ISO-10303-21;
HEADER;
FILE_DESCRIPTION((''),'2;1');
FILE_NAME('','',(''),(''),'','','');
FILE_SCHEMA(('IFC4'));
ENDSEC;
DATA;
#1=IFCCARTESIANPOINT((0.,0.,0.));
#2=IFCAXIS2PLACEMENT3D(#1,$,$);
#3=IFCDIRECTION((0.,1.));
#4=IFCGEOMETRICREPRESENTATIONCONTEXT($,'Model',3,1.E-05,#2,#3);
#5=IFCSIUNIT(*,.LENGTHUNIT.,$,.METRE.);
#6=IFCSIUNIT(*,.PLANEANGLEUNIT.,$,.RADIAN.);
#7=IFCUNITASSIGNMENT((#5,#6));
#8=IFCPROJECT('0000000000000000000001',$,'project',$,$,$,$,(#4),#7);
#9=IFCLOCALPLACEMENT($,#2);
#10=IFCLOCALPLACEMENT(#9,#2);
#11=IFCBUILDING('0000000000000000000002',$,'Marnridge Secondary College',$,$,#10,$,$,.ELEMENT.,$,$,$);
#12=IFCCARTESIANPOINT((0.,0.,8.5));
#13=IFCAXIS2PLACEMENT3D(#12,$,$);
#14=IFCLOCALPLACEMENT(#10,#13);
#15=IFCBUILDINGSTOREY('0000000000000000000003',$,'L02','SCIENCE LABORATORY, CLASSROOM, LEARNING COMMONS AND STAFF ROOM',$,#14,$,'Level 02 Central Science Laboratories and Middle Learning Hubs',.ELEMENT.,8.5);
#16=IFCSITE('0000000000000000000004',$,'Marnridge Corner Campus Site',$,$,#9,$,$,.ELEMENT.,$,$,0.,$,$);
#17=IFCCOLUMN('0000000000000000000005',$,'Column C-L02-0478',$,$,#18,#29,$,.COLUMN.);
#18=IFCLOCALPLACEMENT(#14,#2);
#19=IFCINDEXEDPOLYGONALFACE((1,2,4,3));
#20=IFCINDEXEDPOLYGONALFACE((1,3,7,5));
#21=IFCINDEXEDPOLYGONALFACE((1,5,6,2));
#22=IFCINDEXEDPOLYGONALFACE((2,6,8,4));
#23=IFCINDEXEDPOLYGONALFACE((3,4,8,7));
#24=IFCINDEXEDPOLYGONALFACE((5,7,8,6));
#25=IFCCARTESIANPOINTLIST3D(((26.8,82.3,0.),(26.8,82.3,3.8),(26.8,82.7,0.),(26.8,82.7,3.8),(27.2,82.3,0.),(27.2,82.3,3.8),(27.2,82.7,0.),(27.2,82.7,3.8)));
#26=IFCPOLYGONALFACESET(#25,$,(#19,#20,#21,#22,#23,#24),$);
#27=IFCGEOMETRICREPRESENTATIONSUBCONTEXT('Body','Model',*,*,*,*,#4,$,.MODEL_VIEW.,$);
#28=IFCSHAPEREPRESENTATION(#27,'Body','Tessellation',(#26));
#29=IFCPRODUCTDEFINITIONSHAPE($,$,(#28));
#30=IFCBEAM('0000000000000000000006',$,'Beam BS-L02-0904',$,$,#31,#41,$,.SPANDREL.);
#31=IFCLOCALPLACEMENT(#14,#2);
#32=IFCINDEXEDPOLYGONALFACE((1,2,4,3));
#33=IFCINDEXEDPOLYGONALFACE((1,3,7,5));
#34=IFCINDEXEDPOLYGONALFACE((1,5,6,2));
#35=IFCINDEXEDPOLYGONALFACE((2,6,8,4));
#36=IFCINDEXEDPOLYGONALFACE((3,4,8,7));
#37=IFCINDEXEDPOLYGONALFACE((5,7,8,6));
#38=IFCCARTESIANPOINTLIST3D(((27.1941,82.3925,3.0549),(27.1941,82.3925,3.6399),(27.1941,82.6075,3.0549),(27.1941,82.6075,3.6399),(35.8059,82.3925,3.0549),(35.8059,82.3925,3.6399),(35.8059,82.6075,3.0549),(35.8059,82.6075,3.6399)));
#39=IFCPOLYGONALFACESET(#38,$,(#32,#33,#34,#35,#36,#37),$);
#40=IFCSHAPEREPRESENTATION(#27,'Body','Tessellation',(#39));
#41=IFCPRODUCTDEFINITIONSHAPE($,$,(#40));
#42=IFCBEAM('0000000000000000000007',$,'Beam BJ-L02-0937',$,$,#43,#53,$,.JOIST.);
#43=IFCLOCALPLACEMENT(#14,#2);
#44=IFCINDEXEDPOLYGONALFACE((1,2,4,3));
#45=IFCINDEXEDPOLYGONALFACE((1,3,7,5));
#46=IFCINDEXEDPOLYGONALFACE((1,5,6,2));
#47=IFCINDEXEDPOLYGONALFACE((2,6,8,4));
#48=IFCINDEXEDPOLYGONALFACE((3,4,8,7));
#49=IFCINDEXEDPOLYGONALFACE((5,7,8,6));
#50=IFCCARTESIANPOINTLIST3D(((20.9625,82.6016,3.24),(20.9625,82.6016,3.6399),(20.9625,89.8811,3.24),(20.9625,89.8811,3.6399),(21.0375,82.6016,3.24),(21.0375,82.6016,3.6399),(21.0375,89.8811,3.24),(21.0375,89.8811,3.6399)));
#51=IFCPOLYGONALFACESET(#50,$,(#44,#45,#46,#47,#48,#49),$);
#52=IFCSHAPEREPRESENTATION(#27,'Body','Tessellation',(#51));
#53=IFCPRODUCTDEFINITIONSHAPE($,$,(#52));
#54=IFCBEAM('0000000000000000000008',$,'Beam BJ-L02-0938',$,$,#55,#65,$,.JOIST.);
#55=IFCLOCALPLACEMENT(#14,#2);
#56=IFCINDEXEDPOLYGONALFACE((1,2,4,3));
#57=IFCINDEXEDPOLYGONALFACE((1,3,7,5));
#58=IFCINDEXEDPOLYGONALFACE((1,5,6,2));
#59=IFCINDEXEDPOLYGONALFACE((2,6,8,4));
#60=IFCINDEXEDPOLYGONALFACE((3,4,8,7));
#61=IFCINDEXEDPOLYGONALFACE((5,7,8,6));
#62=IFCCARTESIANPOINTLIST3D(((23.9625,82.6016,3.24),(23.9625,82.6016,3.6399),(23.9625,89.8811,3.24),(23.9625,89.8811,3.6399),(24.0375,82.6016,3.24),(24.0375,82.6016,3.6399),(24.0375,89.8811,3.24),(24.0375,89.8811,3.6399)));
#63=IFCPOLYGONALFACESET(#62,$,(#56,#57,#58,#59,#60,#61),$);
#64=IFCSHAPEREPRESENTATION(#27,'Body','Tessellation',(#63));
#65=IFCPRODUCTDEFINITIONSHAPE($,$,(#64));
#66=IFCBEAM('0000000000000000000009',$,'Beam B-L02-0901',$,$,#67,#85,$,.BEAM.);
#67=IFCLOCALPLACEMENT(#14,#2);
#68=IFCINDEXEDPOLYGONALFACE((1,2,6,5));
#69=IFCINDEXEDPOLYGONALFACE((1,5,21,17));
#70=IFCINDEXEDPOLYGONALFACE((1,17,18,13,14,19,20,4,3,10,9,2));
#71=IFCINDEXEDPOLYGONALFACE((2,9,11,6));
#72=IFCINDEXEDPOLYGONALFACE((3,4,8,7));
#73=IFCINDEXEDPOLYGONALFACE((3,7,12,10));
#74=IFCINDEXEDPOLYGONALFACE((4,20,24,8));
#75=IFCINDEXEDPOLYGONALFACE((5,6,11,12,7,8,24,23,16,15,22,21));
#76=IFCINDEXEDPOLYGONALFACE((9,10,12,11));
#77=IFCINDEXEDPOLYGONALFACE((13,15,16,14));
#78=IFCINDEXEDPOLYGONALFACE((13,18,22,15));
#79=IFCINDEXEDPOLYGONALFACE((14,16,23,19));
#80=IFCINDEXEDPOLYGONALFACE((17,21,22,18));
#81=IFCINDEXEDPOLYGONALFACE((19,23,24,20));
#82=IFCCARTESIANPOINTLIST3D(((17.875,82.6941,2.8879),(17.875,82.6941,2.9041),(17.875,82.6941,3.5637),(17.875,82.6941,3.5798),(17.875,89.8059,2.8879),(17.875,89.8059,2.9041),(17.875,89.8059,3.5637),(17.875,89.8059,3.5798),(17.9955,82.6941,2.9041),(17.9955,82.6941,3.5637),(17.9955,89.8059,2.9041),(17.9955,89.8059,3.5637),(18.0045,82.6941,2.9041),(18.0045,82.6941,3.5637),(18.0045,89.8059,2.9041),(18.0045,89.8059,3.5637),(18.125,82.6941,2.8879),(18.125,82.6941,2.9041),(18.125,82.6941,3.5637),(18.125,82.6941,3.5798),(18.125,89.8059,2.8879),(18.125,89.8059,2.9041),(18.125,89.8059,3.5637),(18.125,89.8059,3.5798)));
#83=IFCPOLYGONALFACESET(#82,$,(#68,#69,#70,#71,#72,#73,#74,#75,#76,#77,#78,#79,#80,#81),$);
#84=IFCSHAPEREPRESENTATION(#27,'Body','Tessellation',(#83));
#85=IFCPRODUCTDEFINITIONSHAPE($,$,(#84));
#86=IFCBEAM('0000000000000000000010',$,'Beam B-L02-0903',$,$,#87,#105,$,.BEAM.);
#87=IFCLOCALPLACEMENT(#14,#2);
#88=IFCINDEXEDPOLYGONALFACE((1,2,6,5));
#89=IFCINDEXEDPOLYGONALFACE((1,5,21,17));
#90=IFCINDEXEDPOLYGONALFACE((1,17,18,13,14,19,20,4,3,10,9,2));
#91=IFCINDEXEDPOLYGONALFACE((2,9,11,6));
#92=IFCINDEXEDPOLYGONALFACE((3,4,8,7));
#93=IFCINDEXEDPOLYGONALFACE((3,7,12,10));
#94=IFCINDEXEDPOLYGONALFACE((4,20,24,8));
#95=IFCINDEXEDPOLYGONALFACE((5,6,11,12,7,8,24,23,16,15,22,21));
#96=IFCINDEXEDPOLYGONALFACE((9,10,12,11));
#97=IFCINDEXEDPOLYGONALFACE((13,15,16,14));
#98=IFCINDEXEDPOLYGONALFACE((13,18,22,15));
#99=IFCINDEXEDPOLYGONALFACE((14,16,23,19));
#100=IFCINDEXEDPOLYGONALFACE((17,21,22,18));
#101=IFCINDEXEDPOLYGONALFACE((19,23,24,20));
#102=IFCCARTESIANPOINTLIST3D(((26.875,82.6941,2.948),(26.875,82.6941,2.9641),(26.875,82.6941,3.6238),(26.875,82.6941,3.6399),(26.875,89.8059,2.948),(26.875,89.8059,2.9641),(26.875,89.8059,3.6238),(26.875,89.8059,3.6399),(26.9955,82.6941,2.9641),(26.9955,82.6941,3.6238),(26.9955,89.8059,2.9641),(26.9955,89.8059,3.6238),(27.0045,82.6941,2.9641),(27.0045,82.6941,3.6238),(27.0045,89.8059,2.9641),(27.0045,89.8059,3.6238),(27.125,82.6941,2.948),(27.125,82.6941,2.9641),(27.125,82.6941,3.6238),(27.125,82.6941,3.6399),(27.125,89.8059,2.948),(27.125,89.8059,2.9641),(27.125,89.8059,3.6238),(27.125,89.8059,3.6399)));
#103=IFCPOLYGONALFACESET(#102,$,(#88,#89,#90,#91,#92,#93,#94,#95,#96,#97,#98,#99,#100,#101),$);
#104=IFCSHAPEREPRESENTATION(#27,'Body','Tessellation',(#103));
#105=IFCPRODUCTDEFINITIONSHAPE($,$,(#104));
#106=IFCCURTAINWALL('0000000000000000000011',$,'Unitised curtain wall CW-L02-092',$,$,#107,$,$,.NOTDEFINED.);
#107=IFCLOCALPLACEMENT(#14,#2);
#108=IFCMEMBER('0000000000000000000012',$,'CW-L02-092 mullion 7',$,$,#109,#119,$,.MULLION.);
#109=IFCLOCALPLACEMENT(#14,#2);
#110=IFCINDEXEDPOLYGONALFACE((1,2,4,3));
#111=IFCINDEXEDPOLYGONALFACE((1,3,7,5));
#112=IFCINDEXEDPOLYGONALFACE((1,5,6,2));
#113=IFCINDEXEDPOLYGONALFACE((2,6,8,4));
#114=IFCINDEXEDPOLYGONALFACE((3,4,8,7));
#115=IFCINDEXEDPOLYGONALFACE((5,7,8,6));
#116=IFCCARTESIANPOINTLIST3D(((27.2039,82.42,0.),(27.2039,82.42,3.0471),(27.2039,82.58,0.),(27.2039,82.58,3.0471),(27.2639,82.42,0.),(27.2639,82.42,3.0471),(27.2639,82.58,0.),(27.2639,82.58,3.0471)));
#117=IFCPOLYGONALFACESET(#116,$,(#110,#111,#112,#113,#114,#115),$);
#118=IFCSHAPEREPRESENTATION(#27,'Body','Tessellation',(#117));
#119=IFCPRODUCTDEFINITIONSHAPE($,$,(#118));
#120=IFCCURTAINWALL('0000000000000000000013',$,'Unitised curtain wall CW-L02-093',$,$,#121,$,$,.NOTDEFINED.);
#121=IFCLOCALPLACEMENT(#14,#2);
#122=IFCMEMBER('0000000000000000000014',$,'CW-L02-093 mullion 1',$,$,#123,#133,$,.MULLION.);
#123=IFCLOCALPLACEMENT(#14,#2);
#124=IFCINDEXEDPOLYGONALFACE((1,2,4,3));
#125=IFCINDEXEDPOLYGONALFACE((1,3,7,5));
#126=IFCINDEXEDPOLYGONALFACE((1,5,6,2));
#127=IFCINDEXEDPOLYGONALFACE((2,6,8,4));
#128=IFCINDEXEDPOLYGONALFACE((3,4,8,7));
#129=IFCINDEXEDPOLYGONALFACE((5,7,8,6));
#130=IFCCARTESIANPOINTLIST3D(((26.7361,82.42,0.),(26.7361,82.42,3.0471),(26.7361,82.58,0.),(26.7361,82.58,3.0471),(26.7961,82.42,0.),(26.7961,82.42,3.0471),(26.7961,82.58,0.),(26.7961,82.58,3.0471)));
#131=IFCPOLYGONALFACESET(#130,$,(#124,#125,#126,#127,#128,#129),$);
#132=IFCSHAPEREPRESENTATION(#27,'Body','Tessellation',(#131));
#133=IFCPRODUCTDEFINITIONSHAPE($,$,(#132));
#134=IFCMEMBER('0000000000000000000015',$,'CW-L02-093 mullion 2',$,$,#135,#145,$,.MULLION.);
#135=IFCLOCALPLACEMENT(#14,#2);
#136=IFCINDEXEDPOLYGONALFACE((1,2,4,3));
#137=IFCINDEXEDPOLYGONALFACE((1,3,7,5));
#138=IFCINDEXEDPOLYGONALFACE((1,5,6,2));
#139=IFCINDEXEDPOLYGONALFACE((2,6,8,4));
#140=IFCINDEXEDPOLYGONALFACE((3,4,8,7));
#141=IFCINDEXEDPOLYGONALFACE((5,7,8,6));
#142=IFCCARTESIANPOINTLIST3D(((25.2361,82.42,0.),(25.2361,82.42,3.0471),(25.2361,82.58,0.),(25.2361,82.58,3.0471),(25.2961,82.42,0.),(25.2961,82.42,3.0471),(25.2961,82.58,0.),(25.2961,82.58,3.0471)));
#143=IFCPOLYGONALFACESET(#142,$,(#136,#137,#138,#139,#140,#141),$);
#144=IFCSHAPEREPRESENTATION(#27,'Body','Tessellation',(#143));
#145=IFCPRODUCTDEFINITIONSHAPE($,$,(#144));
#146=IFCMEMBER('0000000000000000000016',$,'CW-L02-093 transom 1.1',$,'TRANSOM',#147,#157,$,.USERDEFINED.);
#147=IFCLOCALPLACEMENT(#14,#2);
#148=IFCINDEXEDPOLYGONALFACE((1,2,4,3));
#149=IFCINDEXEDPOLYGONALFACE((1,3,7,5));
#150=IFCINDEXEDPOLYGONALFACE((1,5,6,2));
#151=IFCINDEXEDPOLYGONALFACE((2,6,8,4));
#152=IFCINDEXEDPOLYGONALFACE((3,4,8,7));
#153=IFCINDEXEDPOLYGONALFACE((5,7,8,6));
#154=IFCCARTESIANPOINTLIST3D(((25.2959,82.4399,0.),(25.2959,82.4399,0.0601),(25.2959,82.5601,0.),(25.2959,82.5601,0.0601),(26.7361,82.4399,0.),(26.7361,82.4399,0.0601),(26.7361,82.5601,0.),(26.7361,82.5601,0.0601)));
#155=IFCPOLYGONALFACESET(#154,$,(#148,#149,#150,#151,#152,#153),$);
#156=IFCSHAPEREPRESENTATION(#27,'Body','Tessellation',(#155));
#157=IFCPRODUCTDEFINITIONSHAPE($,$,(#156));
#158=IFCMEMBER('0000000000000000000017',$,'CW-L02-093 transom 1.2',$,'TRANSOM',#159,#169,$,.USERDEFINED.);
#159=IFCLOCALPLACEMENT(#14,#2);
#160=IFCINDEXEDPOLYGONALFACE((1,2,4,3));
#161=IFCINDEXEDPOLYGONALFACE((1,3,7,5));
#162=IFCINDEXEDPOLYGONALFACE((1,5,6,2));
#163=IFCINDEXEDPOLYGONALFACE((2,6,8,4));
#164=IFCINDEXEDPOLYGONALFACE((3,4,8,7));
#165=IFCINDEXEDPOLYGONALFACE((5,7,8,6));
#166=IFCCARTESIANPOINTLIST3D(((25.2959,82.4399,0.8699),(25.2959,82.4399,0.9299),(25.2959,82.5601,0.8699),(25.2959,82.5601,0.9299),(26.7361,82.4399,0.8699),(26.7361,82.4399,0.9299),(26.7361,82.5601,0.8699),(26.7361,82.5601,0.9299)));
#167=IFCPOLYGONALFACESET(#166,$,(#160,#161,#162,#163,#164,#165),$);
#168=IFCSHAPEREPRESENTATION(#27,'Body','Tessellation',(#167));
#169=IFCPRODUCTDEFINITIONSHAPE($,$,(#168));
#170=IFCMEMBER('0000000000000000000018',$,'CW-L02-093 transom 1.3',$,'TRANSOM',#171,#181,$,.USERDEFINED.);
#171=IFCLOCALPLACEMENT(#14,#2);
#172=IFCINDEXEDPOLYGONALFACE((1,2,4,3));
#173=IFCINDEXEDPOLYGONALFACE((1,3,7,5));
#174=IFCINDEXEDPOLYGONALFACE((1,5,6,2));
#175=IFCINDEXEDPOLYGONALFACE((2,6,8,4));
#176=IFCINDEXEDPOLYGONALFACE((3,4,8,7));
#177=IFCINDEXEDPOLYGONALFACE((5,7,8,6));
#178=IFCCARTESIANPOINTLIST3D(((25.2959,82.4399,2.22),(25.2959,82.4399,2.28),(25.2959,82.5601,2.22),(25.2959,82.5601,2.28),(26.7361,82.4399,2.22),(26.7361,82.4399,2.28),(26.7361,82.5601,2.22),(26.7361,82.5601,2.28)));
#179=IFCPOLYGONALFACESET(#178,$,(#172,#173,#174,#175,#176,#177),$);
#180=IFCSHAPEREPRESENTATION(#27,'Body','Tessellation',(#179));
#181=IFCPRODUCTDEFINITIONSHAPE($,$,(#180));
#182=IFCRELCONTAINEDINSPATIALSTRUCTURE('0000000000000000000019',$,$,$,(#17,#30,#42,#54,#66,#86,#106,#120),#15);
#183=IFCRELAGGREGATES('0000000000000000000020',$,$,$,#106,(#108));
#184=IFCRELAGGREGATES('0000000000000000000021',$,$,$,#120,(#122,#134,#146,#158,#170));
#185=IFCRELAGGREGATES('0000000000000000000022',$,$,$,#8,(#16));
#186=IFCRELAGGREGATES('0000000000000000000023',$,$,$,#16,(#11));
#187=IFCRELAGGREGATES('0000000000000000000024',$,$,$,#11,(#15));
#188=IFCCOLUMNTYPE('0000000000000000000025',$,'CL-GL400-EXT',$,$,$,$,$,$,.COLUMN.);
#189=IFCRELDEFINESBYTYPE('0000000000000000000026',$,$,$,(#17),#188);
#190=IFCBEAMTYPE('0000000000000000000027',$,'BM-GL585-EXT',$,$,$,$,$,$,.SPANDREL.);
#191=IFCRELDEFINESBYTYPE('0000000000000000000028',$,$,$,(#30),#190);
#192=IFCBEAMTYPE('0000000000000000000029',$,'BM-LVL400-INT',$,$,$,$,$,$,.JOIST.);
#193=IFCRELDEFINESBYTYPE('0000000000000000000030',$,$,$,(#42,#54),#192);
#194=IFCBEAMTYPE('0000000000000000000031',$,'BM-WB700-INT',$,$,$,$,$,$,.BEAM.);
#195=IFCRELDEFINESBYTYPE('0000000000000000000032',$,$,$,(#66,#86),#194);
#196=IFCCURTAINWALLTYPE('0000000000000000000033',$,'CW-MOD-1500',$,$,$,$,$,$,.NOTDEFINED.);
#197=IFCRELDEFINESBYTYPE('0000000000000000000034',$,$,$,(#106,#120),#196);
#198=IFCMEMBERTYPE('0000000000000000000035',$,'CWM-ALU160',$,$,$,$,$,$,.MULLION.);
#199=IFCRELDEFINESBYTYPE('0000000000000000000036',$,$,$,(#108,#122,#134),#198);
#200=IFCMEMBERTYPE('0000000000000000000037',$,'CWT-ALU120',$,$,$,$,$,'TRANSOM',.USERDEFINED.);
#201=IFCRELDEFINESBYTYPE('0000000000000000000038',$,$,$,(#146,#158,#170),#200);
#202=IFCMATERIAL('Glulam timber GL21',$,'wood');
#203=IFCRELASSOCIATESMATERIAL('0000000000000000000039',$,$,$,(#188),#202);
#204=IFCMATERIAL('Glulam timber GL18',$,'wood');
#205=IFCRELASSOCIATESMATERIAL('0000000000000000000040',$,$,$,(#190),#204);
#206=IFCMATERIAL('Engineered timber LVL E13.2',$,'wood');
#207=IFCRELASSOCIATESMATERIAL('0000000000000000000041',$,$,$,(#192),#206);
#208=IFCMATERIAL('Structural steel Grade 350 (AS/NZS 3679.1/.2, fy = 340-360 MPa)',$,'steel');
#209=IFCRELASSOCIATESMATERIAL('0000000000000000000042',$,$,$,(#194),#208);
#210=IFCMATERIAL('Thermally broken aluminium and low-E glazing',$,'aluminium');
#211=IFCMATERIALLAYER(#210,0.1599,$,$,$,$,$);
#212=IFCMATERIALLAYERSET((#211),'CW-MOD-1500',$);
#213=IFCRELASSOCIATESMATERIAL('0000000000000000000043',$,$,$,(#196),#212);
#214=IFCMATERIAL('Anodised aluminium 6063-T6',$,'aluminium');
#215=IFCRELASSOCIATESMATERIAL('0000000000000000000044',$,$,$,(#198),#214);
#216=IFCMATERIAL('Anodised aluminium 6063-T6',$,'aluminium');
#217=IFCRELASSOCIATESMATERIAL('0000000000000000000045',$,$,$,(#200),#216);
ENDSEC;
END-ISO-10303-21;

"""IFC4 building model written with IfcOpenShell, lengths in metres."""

from ifc_helpers import new_model, si_unit, direction, frame, origin, origin_2d, place, context, subcontext, project, spatial, rectangle, i_section, extrude, material, layer, layer_set, material_profile, profile_set, type_object, element, aggregate, save


model = new_model("IFC4")

# Units and contexts
model_context = context("Model", 3, precision=1e-05, world=origin(), true_north=direction((0.0, 1.0)))
body_context = subcontext(model_context, "Body", "Model", "MODEL_VIEW")
ifc_project = project(units=[si_unit("LENGTHUNIT", "METRE"), si_unit("PLANEANGLEUNIT", "RADIAN")], contexts=[model_context])

# Site, building, storey
site_placement = place(None, origin())
site = spatial("IfcSite", under=ifc_project, at=site_placement, Name="Marnridge Corner Campus Site", CompositionType="ELEMENT", RefElevation=0.0)
building_placement = place(site_placement, origin())
building = spatial("IfcBuilding", under=site, at=building_placement, Name="Marnridge Secondary College", CompositionType="ELEMENT")
storey_placement = place(building_placement, frame((0.0, 0.0, 8.5)))
storey = spatial("IfcBuildingStorey", under=building, at=storey_placement, Name="L02", Description="SCIENCE LABORATORY, CLASSROOM, LEARNING COMMONS AND STAFF ROOM", LongName="Level 02 Central Science Laboratories and Middle Learning Hubs", CompositionType="ELEMENT", Elevation=8.5)

# Column
ifc_material_1 = material(Name="Glulam timber GL21", Category="wood")
ifc_material_profile_1 = material_profile(ifc_material_1, rectangle(XDim=0.3999, YDim=0.3999, at=origin_2d()), Name="GL21 400x400")
ifc_profile_set_1 = profile_set([ifc_material_profile_1], Name="Glulam timber GL21")
column_type = type_object("IfcColumnType", Name="CL-GL400-EXT", PredefinedType="COLUMN", material=ifc_profile_set_1)
column_placement = place(storey_placement, frame((27.0, 82.5, 0.0), z_axis=(0.0, 0.0, 1.0), x_axis=(1.0, 0.0, 0.0)))
element("IfcColumn", 1, at=column_placement, inside=storey, type_object=column_type, Name="Column C-L02-0478", PredefinedType="COLUMN", context=body_context, shape_type="SweptSolid", body=[
    extrude(rectangle(XDim=0.3999, YDim=0.3999, at=origin_2d()), origin(), (0.0, 0.0, 1.0), 3.8),
])

# Beams
ifc_material_2 = material(Name="Glulam timber GL18", Category="wood")
ifc_material_profile_2 = material_profile(ifc_material_2, rectangle(XDim=0.2151, YDim=0.585, at=origin_2d()), Name="GL18 215x585")
ifc_profile_set_2 = profile_set([ifc_material_profile_2], Name="Glulam timber GL18")
beam_type_1 = type_object("IfcBeamType", Name="BM-GL585-EXT", PredefinedType="SPANDREL", material=ifc_profile_set_2)
beam_placement = place(storey_placement, frame((27.1941, 82.5, 3.3474), z_axis=(1.0, 0.0, 0.0), x_axis=(0.0, 1.0, 0.0)))
element("IfcBeam", 2, at=beam_placement, inside=storey, type_object=beam_type_1, Name="Beam BS-L02-0904", PredefinedType="SPANDREL", context=body_context, shape_type="SweptSolid", body=[
    extrude(rectangle(XDim=0.2151, YDim=0.585, at=origin_2d()), origin(), (0.0, 0.0, 1.0), 8.6118),
])
ifc_material_3 = material(Name="Engineered timber LVL E13.2", Category="wood")
ifc_material_profile_3 = material_profile(ifc_material_3, rectangle(XDim=0.075, YDim=0.3999, at=origin_2d()), Name="LVL 75x400")
ifc_profile_set_3 = profile_set([ifc_material_profile_3], Name="Engineered timber LVL E13.2")
beam_type_2 = type_object("IfcBeamType", Name="BM-LVL400-INT", PredefinedType="JOIST", material=ifc_profile_set_3)
for number, where, z_axis, x_axis, name in (
    (3, (21.0, 82.6016, 3.4399), (0.0, 1.0, 0.0), (-1.0, 0.0, 0.0), "Beam BJ-L02-0937"),
    (4, (24.0, 82.6016, 3.4399), (0.0, 1.0, 0.0), (-1.0, 0.0, 0.0), "Beam BJ-L02-0938"),
):
    element("IfcBeam", number, at=place(storey_placement, frame(where, z_axis=z_axis, x_axis=x_axis)), inside=storey, type_object=beam_type_2, Name=name, PredefinedType="JOIST", context=body_context, shape_type="SweptSolid", body=[
        extrude(rectangle(XDim=0.075, YDim=0.3999, at=origin_2d()), origin(), (0.0, 0.0, 1.0), 7.2795),
    ])
ifc_material_4 = material(Name="Structural steel Grade 350 (AS/NZS 3679.1/.2, fy = 340-360 MPa)", Category="steel")
ifc_material_profile_4 = material_profile(ifc_material_4, i_section(OverallWidth=0.25, OverallDepth=0.6919, WebThickness=0.009, FlangeThickness=0.0161, at=origin_2d()), Name="700WB115")
ifc_profile_set_4 = profile_set([ifc_material_profile_4], Name="Structural steel Grade 350 (AS/NZS 3679.1/.2, fy = 340-360 MPa)")
beam_type_3 = type_object("IfcBeamType", Name="BM-WB700-INT", PredefinedType="BEAM", material=ifc_profile_set_4)
for number, where, z_axis, x_axis, name in (
    (5, (18.0, 82.6941, 3.2339), (0.0, 1.0, 0.0), (-1.0, 0.0, 0.0), "Beam B-L02-0901"),
    (6, (27.0, 82.6941, 3.2939), (0.0, 1.0, 0.0), (-1.0, 0.0, 0.0), "Beam B-L02-0903"),
):
    element("IfcBeam", number, at=place(storey_placement, frame(where, z_axis=z_axis, x_axis=x_axis)), inside=storey, type_object=beam_type_3, Name=name, PredefinedType="BEAM", context=body_context, shape_type="SweptSolid", body=[
        extrude(i_section(OverallWidth=0.25, OverallDepth=0.6919, WebThickness=0.009, FlangeThickness=0.0161, at=origin_2d()), origin(), (0.0, 0.0, 1.0), 7.1118),
    ])

# Curtain wall, member
ifc_material_5 = material(Name="Thermally broken aluminium and low-E glazing", Category="aluminium")
ifc_layer_1 = layer(ifc_material_5, 0.1599)
ifc_layer_set_1 = layer_set([ifc_layer_1], Name="CW-MOD-1500")
curtain_wall_type = type_object("IfcCurtainWallType", Name="CW-MOD-1500", PredefinedType="NOTDEFINED", material=ifc_layer_set_1)
curtain_wall_1_placement = place(storey_placement, origin())
curtain_wall_1 = element("IfcCurtainWall", 7, at=curtain_wall_1_placement, inside=storey, type_object=curtain_wall_type, Name="Unitised curtain wall CW-L02-092", PredefinedType="NOTDEFINED")
ifc_material_6 = material(Name="Anodised aluminium 6063-T6", Category="aluminium")
ifc_material_profile_5 = material_profile(ifc_material_6, rectangle(XDim=0.0601, YDim=0.1599, at=origin_2d()), Name="ALU 60x160")
ifc_profile_set_5 = profile_set([ifc_material_profile_5], Name="Anodised aluminium 6063-T6")
member_type_1 = type_object("IfcMemberType", Name="CWM-ALU160", PredefinedType="MULLION", material=ifc_profile_set_5)
member_1_placement = place(storey_placement, frame((27.2339, 82.5, 0.0), z_axis=(0.0, 0.0, 1.0), x_axis=(-1.0, 0.0, 0.0)))
member_1 = element("IfcMember", 8, at=member_1_placement, type_object=member_type_1, Name="CW-L02-092 mullion 7", PredefinedType="MULLION", context=body_context, shape_type="SweptSolid", body=[
    extrude(rectangle(XDim=0.0601, YDim=0.1599, at=origin_2d()), origin(), (0.0, 0.0, 1.0), 3.0471),
])

# Curtain wall, members
curtain_wall_2_placement = place(storey_placement, origin())
curtain_wall_2 = element("IfcCurtainWall", 9, at=curtain_wall_2_placement, inside=storey, type_object=curtain_wall_type, Name="Unitised curtain wall CW-L02-093", PredefinedType="NOTDEFINED")
member_2_placement = place(storey_placement, frame((26.7661, 82.5, 0.0), z_axis=(0.0, 0.0, 1.0), x_axis=(-1.0, 0.0, 0.0)))
member_2 = element("IfcMember", 10, at=member_2_placement, type_object=member_type_1, Name="CW-L02-093 mullion 1", PredefinedType="MULLION", context=body_context, shape_type="SweptSolid", body=[
    extrude(rectangle(XDim=0.0601, YDim=0.1599, at=origin_2d()), origin(), (0.0, 0.0, 1.0), 3.0471),
])
member_3_placement = place(storey_placement, frame((25.2661, 82.5, 0.0), z_axis=(0.0, 0.0, 1.0), x_axis=(-1.0, 0.0, 0.0)))
member_3 = element("IfcMember", 11, at=member_3_placement, type_object=member_type_1, Name="CW-L02-093 mullion 2", PredefinedType="MULLION", context=body_context, shape_type="SweptSolid", body=[
    extrude(rectangle(XDim=0.0601, YDim=0.1599, at=origin_2d()), origin(), (0.0, 0.0, 1.0), 3.0471),
])
ifc_material_7 = material(Name="Anodised aluminium 6063-T6", Category="aluminium")
ifc_material_profile_6 = material_profile(ifc_material_7, rectangle(XDim=0.0601, YDim=0.1201, at=origin_2d()), Name="ALU 60x120")
ifc_profile_set_6 = profile_set([ifc_material_profile_6], Name="Anodised aluminium 6063-T6")
member_type_2 = type_object("IfcMemberType", Name="CWT-ALU120", ElementType="TRANSOM", PredefinedType="USERDEFINED", material=ifc_profile_set_6)
member_4_placement = place(storey_placement, frame((26.7361, 82.5, 0.03), z_axis=(-1.0, 0.0, 0.0), x_axis=(0.0, 0.0, 1.0)))
member_4 = element("IfcMember", 12, at=member_4_placement, type_object=member_type_2, Name="CW-L02-093 transom 1.1", ObjectType="TRANSOM", PredefinedType="USERDEFINED", context=body_context, shape_type="SweptSolid", body=[
    extrude(rectangle(XDim=0.0601, YDim=0.1201, at=origin_2d()), origin(), (0.0, 0.0, 1.0), 1.4402),
])
member_5_placement = place(storey_placement, frame((26.7361, 82.5, 0.8999), z_axis=(-1.0, 0.0, 0.0), x_axis=(0.0, 0.0, 1.0)))
member_5 = element("IfcMember", 13, at=member_5_placement, type_object=member_type_2, Name="CW-L02-093 transom 1.2", ObjectType="TRANSOM", PredefinedType="USERDEFINED", context=body_context, shape_type="SweptSolid", body=[
    extrude(rectangle(XDim=0.0601, YDim=0.1201, at=origin_2d()), origin(), (0.0, 0.0, 1.0), 1.4402),
])
member_6_placement = place(storey_placement, frame((26.7361, 82.5, 2.25), z_axis=(-1.0, 0.0, 0.0), x_axis=(0.0, 0.0, 1.0)))
member_6 = element("IfcMember", 14, at=member_6_placement, type_object=member_type_2, Name="CW-L02-093 transom 1.3", ObjectType="TRANSOM", PredefinedType="USERDEFINED", context=body_context, shape_type="SweptSolid", body=[
    extrude(rectangle(XDim=0.0601, YDim=0.1201, at=origin_2d()), origin(), (0.0, 0.0, 1.0), 1.4402),
])

aggregate(curtain_wall_1, [member_1])
aggregate(curtain_wall_2, [member_2, member_3, member_4, member_5, member_6])

save(model, "model.ifc")
